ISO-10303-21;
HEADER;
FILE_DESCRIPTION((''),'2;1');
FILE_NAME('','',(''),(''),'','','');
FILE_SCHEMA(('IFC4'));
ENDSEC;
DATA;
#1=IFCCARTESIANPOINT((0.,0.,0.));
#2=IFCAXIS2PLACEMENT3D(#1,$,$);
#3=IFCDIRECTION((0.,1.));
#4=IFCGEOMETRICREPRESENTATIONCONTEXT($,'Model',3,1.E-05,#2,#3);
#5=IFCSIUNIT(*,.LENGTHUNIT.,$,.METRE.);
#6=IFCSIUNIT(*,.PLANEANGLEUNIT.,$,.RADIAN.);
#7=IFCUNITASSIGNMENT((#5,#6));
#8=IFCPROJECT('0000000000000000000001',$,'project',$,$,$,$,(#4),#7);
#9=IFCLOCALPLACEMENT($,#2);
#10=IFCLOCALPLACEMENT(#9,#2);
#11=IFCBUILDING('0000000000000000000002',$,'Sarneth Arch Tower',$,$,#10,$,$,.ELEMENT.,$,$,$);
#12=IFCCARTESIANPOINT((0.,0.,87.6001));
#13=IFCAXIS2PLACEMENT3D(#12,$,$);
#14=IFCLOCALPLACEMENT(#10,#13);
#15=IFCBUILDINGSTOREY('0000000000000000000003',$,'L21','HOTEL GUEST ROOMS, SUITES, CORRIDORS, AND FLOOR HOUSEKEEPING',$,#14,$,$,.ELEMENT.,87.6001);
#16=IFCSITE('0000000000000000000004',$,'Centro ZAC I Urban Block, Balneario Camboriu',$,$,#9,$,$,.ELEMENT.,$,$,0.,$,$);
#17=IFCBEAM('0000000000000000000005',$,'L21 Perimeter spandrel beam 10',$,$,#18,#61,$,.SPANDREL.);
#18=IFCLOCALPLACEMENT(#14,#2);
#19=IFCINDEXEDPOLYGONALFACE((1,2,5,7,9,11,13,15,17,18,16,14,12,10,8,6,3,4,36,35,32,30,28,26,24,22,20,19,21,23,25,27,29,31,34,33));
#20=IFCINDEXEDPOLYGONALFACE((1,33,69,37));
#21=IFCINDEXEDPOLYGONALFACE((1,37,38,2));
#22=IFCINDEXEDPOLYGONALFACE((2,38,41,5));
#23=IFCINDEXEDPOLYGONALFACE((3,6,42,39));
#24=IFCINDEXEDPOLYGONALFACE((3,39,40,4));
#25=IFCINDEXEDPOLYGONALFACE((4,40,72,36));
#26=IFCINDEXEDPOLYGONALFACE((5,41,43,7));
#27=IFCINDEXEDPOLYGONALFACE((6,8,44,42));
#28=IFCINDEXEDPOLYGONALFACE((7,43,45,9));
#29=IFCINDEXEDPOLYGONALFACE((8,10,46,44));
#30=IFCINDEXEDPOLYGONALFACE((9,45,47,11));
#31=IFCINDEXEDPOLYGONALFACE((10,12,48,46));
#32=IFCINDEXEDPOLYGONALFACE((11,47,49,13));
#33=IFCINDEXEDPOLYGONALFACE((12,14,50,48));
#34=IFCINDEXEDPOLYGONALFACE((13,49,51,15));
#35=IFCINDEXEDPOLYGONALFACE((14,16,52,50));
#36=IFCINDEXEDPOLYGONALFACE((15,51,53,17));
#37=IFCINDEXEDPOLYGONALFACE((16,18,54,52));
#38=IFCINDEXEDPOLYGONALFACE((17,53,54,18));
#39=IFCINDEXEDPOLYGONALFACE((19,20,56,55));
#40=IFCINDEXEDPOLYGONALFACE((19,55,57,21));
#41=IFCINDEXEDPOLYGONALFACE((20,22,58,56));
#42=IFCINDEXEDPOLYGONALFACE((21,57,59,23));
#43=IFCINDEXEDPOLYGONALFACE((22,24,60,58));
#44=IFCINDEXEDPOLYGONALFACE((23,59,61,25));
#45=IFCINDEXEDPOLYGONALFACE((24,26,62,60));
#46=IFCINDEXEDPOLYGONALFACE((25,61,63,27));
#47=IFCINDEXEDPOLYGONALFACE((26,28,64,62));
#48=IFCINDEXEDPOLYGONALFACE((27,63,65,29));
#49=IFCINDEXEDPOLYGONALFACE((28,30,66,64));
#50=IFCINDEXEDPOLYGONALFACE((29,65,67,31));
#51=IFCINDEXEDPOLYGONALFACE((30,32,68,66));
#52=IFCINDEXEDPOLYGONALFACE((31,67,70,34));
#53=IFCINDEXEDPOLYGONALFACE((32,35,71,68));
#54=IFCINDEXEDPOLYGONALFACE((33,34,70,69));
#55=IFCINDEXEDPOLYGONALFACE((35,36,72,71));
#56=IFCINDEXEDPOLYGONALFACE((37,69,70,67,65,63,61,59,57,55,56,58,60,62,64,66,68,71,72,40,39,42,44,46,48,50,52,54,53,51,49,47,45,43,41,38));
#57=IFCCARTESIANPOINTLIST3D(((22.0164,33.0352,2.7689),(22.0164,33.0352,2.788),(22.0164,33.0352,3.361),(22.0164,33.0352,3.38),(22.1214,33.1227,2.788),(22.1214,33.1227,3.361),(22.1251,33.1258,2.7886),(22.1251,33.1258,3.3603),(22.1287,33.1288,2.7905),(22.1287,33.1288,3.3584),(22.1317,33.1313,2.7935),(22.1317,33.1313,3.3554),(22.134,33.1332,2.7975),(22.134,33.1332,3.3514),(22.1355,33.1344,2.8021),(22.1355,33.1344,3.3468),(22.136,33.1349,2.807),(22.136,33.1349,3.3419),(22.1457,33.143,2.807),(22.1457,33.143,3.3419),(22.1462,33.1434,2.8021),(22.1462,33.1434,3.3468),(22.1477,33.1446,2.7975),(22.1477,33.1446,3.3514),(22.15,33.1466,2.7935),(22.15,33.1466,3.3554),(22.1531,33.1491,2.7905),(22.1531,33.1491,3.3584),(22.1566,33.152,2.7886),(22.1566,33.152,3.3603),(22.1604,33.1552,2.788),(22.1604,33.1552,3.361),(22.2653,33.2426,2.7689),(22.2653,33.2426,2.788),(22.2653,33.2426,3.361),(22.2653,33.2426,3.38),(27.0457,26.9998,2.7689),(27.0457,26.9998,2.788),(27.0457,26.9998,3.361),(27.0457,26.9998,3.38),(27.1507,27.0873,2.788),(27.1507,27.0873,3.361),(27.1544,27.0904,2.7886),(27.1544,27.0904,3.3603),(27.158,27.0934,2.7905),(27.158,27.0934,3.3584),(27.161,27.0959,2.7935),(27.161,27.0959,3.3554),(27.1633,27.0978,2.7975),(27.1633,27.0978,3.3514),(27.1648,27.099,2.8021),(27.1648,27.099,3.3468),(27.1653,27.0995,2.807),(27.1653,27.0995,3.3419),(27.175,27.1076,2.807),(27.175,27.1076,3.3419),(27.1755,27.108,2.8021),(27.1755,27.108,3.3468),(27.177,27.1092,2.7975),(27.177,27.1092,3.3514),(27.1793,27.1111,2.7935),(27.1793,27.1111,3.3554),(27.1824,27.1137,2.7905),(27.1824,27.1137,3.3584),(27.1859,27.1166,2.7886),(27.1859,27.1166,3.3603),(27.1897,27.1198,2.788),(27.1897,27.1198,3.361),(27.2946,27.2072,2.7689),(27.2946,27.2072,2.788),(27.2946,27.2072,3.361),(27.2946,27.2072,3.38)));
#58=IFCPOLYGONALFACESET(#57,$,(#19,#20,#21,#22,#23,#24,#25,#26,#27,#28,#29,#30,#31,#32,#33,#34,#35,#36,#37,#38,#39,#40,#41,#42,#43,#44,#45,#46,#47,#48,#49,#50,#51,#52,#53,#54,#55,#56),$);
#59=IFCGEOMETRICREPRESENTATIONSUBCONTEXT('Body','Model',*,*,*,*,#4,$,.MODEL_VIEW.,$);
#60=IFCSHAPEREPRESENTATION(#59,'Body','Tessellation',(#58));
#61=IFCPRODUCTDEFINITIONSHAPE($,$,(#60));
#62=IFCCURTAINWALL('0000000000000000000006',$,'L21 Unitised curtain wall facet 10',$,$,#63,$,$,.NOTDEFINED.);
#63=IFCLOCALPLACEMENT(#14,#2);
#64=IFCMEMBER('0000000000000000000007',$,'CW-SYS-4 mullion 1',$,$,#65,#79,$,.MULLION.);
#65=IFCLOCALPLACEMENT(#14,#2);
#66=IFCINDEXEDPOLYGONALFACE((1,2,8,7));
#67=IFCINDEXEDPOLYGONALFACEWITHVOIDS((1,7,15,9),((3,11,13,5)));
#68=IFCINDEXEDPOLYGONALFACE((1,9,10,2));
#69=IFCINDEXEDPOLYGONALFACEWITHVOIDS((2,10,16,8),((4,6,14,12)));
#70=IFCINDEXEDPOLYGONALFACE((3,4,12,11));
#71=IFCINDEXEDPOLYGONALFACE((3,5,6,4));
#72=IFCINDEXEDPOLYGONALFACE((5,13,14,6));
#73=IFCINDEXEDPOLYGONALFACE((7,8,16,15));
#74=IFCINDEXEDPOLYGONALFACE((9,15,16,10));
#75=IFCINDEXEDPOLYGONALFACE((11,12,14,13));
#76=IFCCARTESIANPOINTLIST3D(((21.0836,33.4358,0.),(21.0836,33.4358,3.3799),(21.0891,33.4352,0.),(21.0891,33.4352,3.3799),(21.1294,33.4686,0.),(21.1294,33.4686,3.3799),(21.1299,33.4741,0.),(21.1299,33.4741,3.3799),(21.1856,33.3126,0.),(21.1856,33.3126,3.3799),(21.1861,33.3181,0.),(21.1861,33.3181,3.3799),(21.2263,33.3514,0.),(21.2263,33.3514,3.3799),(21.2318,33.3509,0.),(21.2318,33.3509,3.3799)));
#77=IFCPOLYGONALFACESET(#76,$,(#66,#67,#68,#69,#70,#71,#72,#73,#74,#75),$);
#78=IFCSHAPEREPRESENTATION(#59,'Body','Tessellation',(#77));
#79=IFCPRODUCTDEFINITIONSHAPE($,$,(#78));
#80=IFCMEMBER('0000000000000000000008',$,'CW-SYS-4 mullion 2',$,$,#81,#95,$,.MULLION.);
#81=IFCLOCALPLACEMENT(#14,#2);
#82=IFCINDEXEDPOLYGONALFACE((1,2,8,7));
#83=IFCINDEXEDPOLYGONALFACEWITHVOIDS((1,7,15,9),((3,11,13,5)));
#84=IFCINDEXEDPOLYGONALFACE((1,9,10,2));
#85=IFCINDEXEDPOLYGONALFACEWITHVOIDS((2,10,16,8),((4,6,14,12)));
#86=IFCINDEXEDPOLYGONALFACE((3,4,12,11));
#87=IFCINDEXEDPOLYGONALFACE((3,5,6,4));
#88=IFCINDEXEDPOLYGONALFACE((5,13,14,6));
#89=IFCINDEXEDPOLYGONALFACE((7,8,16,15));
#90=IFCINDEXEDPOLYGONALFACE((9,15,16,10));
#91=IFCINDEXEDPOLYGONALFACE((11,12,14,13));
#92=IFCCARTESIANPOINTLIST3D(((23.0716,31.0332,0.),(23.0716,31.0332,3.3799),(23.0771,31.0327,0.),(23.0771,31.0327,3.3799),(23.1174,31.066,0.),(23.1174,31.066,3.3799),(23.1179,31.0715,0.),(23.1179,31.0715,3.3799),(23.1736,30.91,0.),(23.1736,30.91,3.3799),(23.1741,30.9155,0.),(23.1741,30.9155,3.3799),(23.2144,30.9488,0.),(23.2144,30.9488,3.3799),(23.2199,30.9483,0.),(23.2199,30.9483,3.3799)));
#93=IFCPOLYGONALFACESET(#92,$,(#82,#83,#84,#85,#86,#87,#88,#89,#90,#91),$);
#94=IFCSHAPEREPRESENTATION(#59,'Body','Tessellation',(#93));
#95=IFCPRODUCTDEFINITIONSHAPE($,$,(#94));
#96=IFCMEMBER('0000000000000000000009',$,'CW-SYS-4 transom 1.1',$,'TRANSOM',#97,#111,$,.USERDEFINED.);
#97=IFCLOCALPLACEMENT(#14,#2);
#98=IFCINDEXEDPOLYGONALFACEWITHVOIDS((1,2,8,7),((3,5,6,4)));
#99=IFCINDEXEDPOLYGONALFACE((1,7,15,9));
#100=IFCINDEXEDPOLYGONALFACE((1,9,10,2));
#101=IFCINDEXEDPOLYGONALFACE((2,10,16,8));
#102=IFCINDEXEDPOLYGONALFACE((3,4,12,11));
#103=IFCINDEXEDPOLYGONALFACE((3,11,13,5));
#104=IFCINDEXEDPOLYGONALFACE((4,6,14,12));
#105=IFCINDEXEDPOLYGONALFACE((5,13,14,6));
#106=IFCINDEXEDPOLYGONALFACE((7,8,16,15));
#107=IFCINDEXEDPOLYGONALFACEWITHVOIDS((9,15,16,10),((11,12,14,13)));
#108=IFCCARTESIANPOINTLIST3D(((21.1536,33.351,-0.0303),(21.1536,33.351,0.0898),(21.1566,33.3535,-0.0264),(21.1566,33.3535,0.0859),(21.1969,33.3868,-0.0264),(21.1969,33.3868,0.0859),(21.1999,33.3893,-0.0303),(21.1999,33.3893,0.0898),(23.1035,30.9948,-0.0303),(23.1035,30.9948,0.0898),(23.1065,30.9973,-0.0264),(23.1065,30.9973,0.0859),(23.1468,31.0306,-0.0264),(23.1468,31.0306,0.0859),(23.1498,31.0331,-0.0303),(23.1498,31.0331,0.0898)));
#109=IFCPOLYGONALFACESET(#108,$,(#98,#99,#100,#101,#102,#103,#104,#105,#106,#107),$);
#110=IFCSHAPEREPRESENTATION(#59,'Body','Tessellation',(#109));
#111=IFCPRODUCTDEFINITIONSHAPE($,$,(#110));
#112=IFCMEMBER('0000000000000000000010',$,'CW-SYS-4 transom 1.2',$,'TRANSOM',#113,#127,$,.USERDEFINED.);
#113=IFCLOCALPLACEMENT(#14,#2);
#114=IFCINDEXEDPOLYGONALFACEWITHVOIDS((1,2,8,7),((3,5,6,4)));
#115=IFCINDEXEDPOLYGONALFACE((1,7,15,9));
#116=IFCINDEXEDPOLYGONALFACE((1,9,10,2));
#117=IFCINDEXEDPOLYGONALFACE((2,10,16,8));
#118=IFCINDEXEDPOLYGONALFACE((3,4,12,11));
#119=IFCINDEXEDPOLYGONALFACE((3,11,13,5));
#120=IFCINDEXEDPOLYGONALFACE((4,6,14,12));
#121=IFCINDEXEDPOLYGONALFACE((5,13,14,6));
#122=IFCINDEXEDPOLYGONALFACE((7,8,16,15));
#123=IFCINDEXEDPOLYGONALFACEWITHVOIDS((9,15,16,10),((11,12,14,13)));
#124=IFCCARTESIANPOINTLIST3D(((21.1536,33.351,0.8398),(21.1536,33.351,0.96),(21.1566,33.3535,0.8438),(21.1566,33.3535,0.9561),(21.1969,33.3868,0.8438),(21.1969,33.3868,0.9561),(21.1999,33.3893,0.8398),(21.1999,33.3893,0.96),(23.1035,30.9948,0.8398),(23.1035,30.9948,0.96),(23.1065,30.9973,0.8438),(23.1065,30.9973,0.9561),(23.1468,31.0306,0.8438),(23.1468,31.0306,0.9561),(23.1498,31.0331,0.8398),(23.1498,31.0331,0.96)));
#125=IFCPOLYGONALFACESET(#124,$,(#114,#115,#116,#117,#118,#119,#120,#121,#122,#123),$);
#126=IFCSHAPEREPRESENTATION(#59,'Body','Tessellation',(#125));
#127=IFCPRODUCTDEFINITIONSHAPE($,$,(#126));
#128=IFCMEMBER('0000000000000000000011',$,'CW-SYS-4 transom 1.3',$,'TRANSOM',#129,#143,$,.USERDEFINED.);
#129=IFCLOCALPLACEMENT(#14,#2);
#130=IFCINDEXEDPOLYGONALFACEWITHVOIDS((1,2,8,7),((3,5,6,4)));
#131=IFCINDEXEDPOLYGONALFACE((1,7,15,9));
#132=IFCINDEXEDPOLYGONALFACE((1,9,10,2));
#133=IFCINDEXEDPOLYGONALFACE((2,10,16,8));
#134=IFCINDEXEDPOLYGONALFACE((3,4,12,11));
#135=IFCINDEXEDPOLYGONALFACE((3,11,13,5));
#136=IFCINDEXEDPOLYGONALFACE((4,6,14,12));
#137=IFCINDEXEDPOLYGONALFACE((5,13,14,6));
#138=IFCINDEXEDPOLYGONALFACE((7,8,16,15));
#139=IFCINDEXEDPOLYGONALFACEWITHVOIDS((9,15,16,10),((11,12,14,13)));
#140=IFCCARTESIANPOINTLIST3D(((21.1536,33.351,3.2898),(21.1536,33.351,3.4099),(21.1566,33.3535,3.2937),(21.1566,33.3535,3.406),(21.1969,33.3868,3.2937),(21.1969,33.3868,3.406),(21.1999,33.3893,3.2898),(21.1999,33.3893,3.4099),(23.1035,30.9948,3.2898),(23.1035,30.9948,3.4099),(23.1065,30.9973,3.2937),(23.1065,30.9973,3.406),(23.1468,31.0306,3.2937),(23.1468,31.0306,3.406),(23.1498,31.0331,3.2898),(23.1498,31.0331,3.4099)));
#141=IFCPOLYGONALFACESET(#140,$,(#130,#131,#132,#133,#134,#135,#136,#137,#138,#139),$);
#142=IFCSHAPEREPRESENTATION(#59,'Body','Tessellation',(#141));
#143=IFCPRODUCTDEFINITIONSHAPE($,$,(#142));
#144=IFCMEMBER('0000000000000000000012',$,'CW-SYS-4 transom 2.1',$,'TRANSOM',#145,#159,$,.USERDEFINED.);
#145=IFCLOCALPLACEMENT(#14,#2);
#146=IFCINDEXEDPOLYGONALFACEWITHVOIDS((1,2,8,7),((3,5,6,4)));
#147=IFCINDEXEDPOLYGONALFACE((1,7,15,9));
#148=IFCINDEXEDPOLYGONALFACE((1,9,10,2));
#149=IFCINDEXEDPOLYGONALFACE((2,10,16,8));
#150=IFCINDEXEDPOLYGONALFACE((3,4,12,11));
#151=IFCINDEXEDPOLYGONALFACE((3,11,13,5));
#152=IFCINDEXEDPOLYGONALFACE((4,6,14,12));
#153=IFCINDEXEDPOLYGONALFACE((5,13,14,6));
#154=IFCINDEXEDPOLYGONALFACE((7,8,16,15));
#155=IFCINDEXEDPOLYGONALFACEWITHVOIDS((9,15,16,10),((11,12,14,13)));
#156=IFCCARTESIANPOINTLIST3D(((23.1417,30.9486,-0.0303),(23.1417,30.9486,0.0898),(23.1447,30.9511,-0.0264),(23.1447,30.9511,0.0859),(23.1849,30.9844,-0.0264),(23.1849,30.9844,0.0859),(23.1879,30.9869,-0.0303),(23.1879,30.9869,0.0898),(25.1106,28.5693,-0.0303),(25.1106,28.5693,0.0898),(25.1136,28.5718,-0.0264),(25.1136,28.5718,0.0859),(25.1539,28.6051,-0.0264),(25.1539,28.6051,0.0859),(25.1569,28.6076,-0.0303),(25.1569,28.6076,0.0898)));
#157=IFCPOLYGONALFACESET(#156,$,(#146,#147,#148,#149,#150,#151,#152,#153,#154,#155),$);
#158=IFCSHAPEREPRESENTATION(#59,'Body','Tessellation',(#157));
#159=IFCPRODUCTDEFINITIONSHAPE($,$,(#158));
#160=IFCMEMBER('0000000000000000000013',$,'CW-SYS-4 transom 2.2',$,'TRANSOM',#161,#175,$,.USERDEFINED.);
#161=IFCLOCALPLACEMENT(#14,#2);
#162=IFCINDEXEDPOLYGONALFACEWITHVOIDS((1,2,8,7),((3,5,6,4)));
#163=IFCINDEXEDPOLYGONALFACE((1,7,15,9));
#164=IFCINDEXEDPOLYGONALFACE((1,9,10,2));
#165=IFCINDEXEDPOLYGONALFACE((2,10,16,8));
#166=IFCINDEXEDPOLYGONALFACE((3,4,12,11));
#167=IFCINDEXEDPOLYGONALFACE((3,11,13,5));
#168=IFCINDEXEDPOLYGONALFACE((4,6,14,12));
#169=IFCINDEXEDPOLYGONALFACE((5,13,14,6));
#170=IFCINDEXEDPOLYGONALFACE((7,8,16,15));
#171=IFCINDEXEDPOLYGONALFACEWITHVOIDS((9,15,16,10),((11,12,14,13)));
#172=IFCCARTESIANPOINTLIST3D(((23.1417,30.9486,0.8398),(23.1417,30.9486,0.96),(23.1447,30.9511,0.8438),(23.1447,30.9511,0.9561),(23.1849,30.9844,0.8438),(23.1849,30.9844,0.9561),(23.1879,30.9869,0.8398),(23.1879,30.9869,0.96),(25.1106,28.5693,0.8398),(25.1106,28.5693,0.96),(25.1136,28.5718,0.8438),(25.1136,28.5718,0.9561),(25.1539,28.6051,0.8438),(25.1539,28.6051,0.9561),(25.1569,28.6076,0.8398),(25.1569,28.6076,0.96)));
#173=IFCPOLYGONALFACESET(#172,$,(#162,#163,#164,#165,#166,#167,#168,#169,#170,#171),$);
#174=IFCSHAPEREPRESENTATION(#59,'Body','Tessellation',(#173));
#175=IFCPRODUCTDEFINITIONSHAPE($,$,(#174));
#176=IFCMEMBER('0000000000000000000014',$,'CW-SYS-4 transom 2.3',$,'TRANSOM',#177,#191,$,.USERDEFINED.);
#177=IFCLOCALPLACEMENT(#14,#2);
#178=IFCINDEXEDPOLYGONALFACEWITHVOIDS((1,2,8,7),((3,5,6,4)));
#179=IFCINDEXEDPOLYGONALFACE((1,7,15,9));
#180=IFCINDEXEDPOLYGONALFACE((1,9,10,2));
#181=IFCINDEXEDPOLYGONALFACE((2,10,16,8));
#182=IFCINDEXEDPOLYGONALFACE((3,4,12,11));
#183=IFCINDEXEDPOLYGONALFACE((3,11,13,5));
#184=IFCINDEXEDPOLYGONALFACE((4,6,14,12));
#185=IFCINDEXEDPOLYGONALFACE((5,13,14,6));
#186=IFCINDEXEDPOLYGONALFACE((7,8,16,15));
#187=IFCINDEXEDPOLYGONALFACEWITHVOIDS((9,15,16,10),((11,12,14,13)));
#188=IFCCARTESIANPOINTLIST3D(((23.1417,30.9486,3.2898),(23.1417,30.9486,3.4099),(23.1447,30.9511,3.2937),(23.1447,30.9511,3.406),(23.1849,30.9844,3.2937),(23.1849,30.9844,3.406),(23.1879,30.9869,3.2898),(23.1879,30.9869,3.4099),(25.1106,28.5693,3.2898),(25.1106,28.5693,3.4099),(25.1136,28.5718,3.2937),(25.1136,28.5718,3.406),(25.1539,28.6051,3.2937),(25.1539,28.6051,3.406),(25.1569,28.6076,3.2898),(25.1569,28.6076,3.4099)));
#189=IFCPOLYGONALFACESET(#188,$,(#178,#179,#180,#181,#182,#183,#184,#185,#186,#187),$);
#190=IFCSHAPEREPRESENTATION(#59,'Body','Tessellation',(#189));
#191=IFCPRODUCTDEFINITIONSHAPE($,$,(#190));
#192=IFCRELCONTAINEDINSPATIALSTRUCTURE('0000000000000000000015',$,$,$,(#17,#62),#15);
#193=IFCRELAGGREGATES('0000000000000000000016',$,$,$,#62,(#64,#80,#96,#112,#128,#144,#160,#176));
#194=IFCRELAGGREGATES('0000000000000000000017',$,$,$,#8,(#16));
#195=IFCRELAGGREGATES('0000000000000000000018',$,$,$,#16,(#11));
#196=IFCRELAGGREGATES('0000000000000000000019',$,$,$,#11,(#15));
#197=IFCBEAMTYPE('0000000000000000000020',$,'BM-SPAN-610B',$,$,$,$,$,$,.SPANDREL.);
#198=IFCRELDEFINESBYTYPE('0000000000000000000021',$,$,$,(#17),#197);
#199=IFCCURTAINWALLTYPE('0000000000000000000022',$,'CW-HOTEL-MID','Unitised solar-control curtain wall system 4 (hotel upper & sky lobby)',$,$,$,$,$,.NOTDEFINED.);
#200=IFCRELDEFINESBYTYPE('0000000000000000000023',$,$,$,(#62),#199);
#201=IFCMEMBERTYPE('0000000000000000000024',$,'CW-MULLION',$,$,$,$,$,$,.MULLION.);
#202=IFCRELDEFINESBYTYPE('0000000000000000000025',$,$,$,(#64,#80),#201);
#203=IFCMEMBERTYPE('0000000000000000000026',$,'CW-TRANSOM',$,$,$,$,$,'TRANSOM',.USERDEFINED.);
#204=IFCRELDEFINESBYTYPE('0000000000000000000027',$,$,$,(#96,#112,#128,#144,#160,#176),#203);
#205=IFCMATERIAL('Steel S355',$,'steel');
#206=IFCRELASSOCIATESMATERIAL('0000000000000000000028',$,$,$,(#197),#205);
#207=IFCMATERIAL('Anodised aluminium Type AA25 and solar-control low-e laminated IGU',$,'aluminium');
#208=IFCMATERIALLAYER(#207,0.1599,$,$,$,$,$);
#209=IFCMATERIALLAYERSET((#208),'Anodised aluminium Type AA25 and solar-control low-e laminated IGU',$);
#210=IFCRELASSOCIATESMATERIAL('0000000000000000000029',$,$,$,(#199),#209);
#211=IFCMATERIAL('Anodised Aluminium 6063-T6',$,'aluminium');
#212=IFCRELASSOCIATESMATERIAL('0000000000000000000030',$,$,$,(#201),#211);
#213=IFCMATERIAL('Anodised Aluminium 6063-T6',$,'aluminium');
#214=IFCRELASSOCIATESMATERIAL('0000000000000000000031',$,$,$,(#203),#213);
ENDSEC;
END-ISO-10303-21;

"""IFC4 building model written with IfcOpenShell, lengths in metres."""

from ifc_helpers import new_model, si_unit, direction, frame, origin, origin_2d, place, context, subcontext, project, spatial, hollow_rectangle, i_section, extrude, material, layer, layer_set, material_profile, profile_set, type_object, element, aggregate, save


model = new_model("IFC4")

# Units and contexts
model_context = context("Model", 3, precision=1e-05, world=origin(), true_north=direction((0.0, 1.0)))
body_context = subcontext(model_context, "Body", "Model", "MODEL_VIEW")
ifc_project = project(units=[si_unit("LENGTHUNIT", "METRE"), si_unit("PLANEANGLEUNIT", "RADIAN")], contexts=[model_context])

# Site, building, storey
site_placement = place(None, origin())
site = spatial("IfcSite", under=ifc_project, at=site_placement, Name="Centro ZAC I Urban Block, Balneario Camboriu", CompositionType="ELEMENT", RefElevation=0.0)
building_placement = place(site_placement, origin())
building = spatial("IfcBuilding", under=site, at=building_placement, Name="Sarneth Arch Tower", CompositionType="ELEMENT")
storey_placement = place(building_placement, frame((0.0, 0.0, 87.6001)))
storey = spatial("IfcBuildingStorey", under=building, at=storey_placement, Name="L21", Description="HOTEL GUEST ROOMS, SUITES, CORRIDORS, AND FLOOR HOUSEKEEPING", CompositionType="ELEMENT", Elevation=87.6001)

# Beam
ifc_material_1 = material(Name="Steel S355", Category="steel")
ifc_material_profile_1 = material_profile(ifc_material_1, i_section(OverallWidth=0.324, OverallDepth=0.6111, WebThickness=0.0127, FlangeThickness=0.019, FilletRadius=0.019, at=origin_2d()), Name="W610x155")
ifc_profile_set_1 = profile_set([ifc_material_profile_1], Name="Steel S355")
beam_type_1 = type_object("IfcBeamType", Name="BM-SPAN-610B", PredefinedType="SPANDREL", material=ifc_profile_set_1)
beam_1_placement = place(storey_placement, frame((22.1409, 33.1389, 3.0745), z_axis=(0.640169, -0.768234, 0.0), x_axis=(0.768234, 0.640169, 0.0)))
element("IfcBeam", 1, at=beam_1_placement, inside=storey, type_object=beam_type_1, Name="L21 Perimeter spandrel beam 10", PredefinedType="SPANDREL", context=body_context, shape_type="SweptSolid", body=[
    extrude(i_section(OverallWidth=0.324, OverallDepth=0.6111, WebThickness=0.0127, FlangeThickness=0.019, FilletRadius=0.019, at=origin_2d()), origin(), (0.0, 0.0, 1.0), 7.8562),
])

# Curtain wall, members
ifc_material_2 = material(Name="Anodised aluminium Type AA25 and solar-control low-e laminated IGU", Category="aluminium")
ifc_layer_1 = layer(ifc_material_2, 0.1599)
ifc_layer_set_1 = layer_set([ifc_layer_1], Name="Anodised aluminium Type AA25 and solar-control low-e laminated IGU")
curtain_wall_type = type_object("IfcCurtainWallType", Name="CW-HOTEL-MID", Description="Unitised solar-control curtain wall system 4 (hotel upper & sky lobby)", PredefinedType="NOTDEFINED", material=ifc_layer_set_1)
curtain_wall_placement = place(storey_placement, origin())
curtain_wall = element("IfcCurtainWall", 2, at=curtain_wall_placement, inside=storey, type_object=curtain_wall_type, Name="L21 Unitised curtain wall facet 10", PredefinedType="NOTDEFINED")
ifc_material_3 = material(Name="Anodised Aluminium 6063-T6", Category="aluminium")
ifc_material_profile_2 = material_profile(ifc_material_3, hollow_rectangle(XDim=0.0601, YDim=0.1599, WallThickness=0.0039, at=origin_2d()), Name="AL-MULL-160x60x4")
ifc_profile_set_2 = profile_set([ifc_material_profile_2], Name="Anodised Aluminium 6063-T6")
member_type_1 = type_object("IfcMemberType", Name="CW-MULLION", PredefinedType="MULLION", material=ifc_profile_set_2)
member_1_placement = place(storey_placement, frame((21.1577, 33.3933, 0.0), z_axis=(0.0, 0.0, 1.0), x_axis=(0.770438, 0.637515, 0.0)))
member_1 = element("IfcMember", 3, at=member_1_placement, type_object=member_type_1, Name="CW-SYS-4 mullion 1", PredefinedType="MULLION", context=body_context, shape_type="SweptSolid", body=[
    extrude(hollow_rectangle(XDim=0.0601, YDim=0.1599, WallThickness=0.0039, at=origin_2d()), origin(), (0.0, 0.0, 1.0), 3.3799),
])
member_2_placement = place(storey_placement, frame((23.1458, 30.9907, 0.0), z_axis=(0.0, 0.0, 1.0), x_axis=(0.770438, 0.637515, 0.0)))
member_2 = element("IfcMember", 4, at=member_2_placement, type_object=member_type_1, Name="CW-SYS-4 mullion 2", PredefinedType="MULLION", context=body_context, shape_type="SweptSolid", body=[
    extrude(hollow_rectangle(XDim=0.0601, YDim=0.1599, WallThickness=0.0039, at=origin_2d()), origin(), (0.0, 0.0, 1.0), 3.3799),
])
ifc_material_4 = material(Name="Anodised Aluminium 6063-T6", Category="aluminium")
ifc_material_profile_3 = material_profile(ifc_material_4, hollow_rectangle(XDim=0.0601, YDim=0.1201, WallThickness=0.0039, at=origin_2d()), Name="AL-TRAN-120x60x4")
ifc_profile_set_3 = profile_set([ifc_material_profile_3], Name="Anodised Aluminium 6063-T6")
member_type_2 = type_object("IfcMemberType", Name="CW-TRANSOM", ElementType="TRANSOM", PredefinedType="USERDEFINED", material=ifc_profile_set_3)
member_3_placement = place(storey_placement, frame((21.1768, 33.3701, 0.0298), z_axis=(0.637566, -0.770396, 0.0), x_axis=(0.770396, 0.637566, 0.0)))
member_3 = element("IfcMember", 5, at=member_3_placement, type_object=member_type_2, Name="CW-SYS-4 transom 1.1", ObjectType="TRANSOM", PredefinedType="USERDEFINED", context=body_context, shape_type="SweptSolid", body=[
    extrude(hollow_rectangle(XDim=0.0601, YDim=0.1201, WallThickness=0.0039, at=origin_2d()), origin(), (0.0, 0.0, 1.0), 3.0583),
])
member_4_placement = place(storey_placement, frame((21.1768, 33.3701, 0.8999), z_axis=(0.637566, -0.770396, 0.0), x_axis=(0.770396, 0.637566, 0.0)))
member_4 = element("IfcMember", 6, at=member_4_placement, type_object=member_type_2, Name="CW-SYS-4 transom 1.2", ObjectType="TRANSOM", PredefinedType="USERDEFINED", context=body_context, shape_type="SweptSolid", body=[
    extrude(hollow_rectangle(XDim=0.0601, YDim=0.1201, WallThickness=0.0039, at=origin_2d()), origin(), (0.0, 0.0, 1.0), 3.0583),
])
member_5_placement = place(storey_placement, frame((21.1768, 33.3701, 3.3499), z_axis=(0.637566, -0.770396, 0.0), x_axis=(0.770396, 0.637566, 0.0)))
member_5 = element("IfcMember", 7, at=member_5_placement, type_object=member_type_2, Name="CW-SYS-4 transom 1.3", ObjectType="TRANSOM", PredefinedType="USERDEFINED", context=body_context, shape_type="SweptSolid", body=[
    extrude(hollow_rectangle(XDim=0.0601, YDim=0.1201, WallThickness=0.0039, at=origin_2d()), origin(), (0.0, 0.0, 1.0), 3.0583),
])
member_6_placement = place(storey_placement, frame((23.1648, 30.9678, 0.0298), z_axis=(0.637537, -0.77042, 0.0), x_axis=(0.77042, 0.637537, 0.0)))
member_6 = element("IfcMember", 8, at=member_6_placement, type_object=member_type_2, Name="CW-SYS-4 transom 2.1", ObjectType="TRANSOM", PredefinedType="USERDEFINED", context=body_context, shape_type="SweptSolid", body=[
    extrude(hollow_rectangle(XDim=0.0601, YDim=0.1201, WallThickness=0.0039, at=origin_2d()), origin(), (0.0, 0.0, 1.0), 3.0884),
])
member_7_placement = place(storey_placement, frame((23.1648, 30.9678, 0.8999), z_axis=(0.637537, -0.77042, 0.0), x_axis=(0.77042, 0.637537, 0.0)))
member_7 = element("IfcMember", 9, at=member_7_placement, type_object=member_type_2, Name="CW-SYS-4 transom 2.2", ObjectType="TRANSOM", PredefinedType="USERDEFINED", context=body_context, shape_type="SweptSolid", body=[
    extrude(hollow_rectangle(XDim=0.0601, YDim=0.1201, WallThickness=0.0039, at=origin_2d()), origin(), (0.0, 0.0, 1.0), 3.0884),
])
member_8_placement = place(storey_placement, frame((23.1648, 30.9678, 3.3499), z_axis=(0.637537, -0.77042, 0.0), x_axis=(0.77042, 0.637537, 0.0)))
member_8 = element("IfcMember", 10, at=member_8_placement, type_object=member_type_2, Name="CW-SYS-4 transom 2.3", ObjectType="TRANSOM", PredefinedType="USERDEFINED", context=body_context, shape_type="SweptSolid", body=[
    extrude(hollow_rectangle(XDim=0.0601, YDim=0.1201, WallThickness=0.0039, at=origin_2d()), origin(), (0.0, 0.0, 1.0), 3.0884),
])
aggregate(curtain_wall, [member_1, member_2, member_3, member_4, member_5, member_6, member_7, member_8])

save(model, "model.ifc")
